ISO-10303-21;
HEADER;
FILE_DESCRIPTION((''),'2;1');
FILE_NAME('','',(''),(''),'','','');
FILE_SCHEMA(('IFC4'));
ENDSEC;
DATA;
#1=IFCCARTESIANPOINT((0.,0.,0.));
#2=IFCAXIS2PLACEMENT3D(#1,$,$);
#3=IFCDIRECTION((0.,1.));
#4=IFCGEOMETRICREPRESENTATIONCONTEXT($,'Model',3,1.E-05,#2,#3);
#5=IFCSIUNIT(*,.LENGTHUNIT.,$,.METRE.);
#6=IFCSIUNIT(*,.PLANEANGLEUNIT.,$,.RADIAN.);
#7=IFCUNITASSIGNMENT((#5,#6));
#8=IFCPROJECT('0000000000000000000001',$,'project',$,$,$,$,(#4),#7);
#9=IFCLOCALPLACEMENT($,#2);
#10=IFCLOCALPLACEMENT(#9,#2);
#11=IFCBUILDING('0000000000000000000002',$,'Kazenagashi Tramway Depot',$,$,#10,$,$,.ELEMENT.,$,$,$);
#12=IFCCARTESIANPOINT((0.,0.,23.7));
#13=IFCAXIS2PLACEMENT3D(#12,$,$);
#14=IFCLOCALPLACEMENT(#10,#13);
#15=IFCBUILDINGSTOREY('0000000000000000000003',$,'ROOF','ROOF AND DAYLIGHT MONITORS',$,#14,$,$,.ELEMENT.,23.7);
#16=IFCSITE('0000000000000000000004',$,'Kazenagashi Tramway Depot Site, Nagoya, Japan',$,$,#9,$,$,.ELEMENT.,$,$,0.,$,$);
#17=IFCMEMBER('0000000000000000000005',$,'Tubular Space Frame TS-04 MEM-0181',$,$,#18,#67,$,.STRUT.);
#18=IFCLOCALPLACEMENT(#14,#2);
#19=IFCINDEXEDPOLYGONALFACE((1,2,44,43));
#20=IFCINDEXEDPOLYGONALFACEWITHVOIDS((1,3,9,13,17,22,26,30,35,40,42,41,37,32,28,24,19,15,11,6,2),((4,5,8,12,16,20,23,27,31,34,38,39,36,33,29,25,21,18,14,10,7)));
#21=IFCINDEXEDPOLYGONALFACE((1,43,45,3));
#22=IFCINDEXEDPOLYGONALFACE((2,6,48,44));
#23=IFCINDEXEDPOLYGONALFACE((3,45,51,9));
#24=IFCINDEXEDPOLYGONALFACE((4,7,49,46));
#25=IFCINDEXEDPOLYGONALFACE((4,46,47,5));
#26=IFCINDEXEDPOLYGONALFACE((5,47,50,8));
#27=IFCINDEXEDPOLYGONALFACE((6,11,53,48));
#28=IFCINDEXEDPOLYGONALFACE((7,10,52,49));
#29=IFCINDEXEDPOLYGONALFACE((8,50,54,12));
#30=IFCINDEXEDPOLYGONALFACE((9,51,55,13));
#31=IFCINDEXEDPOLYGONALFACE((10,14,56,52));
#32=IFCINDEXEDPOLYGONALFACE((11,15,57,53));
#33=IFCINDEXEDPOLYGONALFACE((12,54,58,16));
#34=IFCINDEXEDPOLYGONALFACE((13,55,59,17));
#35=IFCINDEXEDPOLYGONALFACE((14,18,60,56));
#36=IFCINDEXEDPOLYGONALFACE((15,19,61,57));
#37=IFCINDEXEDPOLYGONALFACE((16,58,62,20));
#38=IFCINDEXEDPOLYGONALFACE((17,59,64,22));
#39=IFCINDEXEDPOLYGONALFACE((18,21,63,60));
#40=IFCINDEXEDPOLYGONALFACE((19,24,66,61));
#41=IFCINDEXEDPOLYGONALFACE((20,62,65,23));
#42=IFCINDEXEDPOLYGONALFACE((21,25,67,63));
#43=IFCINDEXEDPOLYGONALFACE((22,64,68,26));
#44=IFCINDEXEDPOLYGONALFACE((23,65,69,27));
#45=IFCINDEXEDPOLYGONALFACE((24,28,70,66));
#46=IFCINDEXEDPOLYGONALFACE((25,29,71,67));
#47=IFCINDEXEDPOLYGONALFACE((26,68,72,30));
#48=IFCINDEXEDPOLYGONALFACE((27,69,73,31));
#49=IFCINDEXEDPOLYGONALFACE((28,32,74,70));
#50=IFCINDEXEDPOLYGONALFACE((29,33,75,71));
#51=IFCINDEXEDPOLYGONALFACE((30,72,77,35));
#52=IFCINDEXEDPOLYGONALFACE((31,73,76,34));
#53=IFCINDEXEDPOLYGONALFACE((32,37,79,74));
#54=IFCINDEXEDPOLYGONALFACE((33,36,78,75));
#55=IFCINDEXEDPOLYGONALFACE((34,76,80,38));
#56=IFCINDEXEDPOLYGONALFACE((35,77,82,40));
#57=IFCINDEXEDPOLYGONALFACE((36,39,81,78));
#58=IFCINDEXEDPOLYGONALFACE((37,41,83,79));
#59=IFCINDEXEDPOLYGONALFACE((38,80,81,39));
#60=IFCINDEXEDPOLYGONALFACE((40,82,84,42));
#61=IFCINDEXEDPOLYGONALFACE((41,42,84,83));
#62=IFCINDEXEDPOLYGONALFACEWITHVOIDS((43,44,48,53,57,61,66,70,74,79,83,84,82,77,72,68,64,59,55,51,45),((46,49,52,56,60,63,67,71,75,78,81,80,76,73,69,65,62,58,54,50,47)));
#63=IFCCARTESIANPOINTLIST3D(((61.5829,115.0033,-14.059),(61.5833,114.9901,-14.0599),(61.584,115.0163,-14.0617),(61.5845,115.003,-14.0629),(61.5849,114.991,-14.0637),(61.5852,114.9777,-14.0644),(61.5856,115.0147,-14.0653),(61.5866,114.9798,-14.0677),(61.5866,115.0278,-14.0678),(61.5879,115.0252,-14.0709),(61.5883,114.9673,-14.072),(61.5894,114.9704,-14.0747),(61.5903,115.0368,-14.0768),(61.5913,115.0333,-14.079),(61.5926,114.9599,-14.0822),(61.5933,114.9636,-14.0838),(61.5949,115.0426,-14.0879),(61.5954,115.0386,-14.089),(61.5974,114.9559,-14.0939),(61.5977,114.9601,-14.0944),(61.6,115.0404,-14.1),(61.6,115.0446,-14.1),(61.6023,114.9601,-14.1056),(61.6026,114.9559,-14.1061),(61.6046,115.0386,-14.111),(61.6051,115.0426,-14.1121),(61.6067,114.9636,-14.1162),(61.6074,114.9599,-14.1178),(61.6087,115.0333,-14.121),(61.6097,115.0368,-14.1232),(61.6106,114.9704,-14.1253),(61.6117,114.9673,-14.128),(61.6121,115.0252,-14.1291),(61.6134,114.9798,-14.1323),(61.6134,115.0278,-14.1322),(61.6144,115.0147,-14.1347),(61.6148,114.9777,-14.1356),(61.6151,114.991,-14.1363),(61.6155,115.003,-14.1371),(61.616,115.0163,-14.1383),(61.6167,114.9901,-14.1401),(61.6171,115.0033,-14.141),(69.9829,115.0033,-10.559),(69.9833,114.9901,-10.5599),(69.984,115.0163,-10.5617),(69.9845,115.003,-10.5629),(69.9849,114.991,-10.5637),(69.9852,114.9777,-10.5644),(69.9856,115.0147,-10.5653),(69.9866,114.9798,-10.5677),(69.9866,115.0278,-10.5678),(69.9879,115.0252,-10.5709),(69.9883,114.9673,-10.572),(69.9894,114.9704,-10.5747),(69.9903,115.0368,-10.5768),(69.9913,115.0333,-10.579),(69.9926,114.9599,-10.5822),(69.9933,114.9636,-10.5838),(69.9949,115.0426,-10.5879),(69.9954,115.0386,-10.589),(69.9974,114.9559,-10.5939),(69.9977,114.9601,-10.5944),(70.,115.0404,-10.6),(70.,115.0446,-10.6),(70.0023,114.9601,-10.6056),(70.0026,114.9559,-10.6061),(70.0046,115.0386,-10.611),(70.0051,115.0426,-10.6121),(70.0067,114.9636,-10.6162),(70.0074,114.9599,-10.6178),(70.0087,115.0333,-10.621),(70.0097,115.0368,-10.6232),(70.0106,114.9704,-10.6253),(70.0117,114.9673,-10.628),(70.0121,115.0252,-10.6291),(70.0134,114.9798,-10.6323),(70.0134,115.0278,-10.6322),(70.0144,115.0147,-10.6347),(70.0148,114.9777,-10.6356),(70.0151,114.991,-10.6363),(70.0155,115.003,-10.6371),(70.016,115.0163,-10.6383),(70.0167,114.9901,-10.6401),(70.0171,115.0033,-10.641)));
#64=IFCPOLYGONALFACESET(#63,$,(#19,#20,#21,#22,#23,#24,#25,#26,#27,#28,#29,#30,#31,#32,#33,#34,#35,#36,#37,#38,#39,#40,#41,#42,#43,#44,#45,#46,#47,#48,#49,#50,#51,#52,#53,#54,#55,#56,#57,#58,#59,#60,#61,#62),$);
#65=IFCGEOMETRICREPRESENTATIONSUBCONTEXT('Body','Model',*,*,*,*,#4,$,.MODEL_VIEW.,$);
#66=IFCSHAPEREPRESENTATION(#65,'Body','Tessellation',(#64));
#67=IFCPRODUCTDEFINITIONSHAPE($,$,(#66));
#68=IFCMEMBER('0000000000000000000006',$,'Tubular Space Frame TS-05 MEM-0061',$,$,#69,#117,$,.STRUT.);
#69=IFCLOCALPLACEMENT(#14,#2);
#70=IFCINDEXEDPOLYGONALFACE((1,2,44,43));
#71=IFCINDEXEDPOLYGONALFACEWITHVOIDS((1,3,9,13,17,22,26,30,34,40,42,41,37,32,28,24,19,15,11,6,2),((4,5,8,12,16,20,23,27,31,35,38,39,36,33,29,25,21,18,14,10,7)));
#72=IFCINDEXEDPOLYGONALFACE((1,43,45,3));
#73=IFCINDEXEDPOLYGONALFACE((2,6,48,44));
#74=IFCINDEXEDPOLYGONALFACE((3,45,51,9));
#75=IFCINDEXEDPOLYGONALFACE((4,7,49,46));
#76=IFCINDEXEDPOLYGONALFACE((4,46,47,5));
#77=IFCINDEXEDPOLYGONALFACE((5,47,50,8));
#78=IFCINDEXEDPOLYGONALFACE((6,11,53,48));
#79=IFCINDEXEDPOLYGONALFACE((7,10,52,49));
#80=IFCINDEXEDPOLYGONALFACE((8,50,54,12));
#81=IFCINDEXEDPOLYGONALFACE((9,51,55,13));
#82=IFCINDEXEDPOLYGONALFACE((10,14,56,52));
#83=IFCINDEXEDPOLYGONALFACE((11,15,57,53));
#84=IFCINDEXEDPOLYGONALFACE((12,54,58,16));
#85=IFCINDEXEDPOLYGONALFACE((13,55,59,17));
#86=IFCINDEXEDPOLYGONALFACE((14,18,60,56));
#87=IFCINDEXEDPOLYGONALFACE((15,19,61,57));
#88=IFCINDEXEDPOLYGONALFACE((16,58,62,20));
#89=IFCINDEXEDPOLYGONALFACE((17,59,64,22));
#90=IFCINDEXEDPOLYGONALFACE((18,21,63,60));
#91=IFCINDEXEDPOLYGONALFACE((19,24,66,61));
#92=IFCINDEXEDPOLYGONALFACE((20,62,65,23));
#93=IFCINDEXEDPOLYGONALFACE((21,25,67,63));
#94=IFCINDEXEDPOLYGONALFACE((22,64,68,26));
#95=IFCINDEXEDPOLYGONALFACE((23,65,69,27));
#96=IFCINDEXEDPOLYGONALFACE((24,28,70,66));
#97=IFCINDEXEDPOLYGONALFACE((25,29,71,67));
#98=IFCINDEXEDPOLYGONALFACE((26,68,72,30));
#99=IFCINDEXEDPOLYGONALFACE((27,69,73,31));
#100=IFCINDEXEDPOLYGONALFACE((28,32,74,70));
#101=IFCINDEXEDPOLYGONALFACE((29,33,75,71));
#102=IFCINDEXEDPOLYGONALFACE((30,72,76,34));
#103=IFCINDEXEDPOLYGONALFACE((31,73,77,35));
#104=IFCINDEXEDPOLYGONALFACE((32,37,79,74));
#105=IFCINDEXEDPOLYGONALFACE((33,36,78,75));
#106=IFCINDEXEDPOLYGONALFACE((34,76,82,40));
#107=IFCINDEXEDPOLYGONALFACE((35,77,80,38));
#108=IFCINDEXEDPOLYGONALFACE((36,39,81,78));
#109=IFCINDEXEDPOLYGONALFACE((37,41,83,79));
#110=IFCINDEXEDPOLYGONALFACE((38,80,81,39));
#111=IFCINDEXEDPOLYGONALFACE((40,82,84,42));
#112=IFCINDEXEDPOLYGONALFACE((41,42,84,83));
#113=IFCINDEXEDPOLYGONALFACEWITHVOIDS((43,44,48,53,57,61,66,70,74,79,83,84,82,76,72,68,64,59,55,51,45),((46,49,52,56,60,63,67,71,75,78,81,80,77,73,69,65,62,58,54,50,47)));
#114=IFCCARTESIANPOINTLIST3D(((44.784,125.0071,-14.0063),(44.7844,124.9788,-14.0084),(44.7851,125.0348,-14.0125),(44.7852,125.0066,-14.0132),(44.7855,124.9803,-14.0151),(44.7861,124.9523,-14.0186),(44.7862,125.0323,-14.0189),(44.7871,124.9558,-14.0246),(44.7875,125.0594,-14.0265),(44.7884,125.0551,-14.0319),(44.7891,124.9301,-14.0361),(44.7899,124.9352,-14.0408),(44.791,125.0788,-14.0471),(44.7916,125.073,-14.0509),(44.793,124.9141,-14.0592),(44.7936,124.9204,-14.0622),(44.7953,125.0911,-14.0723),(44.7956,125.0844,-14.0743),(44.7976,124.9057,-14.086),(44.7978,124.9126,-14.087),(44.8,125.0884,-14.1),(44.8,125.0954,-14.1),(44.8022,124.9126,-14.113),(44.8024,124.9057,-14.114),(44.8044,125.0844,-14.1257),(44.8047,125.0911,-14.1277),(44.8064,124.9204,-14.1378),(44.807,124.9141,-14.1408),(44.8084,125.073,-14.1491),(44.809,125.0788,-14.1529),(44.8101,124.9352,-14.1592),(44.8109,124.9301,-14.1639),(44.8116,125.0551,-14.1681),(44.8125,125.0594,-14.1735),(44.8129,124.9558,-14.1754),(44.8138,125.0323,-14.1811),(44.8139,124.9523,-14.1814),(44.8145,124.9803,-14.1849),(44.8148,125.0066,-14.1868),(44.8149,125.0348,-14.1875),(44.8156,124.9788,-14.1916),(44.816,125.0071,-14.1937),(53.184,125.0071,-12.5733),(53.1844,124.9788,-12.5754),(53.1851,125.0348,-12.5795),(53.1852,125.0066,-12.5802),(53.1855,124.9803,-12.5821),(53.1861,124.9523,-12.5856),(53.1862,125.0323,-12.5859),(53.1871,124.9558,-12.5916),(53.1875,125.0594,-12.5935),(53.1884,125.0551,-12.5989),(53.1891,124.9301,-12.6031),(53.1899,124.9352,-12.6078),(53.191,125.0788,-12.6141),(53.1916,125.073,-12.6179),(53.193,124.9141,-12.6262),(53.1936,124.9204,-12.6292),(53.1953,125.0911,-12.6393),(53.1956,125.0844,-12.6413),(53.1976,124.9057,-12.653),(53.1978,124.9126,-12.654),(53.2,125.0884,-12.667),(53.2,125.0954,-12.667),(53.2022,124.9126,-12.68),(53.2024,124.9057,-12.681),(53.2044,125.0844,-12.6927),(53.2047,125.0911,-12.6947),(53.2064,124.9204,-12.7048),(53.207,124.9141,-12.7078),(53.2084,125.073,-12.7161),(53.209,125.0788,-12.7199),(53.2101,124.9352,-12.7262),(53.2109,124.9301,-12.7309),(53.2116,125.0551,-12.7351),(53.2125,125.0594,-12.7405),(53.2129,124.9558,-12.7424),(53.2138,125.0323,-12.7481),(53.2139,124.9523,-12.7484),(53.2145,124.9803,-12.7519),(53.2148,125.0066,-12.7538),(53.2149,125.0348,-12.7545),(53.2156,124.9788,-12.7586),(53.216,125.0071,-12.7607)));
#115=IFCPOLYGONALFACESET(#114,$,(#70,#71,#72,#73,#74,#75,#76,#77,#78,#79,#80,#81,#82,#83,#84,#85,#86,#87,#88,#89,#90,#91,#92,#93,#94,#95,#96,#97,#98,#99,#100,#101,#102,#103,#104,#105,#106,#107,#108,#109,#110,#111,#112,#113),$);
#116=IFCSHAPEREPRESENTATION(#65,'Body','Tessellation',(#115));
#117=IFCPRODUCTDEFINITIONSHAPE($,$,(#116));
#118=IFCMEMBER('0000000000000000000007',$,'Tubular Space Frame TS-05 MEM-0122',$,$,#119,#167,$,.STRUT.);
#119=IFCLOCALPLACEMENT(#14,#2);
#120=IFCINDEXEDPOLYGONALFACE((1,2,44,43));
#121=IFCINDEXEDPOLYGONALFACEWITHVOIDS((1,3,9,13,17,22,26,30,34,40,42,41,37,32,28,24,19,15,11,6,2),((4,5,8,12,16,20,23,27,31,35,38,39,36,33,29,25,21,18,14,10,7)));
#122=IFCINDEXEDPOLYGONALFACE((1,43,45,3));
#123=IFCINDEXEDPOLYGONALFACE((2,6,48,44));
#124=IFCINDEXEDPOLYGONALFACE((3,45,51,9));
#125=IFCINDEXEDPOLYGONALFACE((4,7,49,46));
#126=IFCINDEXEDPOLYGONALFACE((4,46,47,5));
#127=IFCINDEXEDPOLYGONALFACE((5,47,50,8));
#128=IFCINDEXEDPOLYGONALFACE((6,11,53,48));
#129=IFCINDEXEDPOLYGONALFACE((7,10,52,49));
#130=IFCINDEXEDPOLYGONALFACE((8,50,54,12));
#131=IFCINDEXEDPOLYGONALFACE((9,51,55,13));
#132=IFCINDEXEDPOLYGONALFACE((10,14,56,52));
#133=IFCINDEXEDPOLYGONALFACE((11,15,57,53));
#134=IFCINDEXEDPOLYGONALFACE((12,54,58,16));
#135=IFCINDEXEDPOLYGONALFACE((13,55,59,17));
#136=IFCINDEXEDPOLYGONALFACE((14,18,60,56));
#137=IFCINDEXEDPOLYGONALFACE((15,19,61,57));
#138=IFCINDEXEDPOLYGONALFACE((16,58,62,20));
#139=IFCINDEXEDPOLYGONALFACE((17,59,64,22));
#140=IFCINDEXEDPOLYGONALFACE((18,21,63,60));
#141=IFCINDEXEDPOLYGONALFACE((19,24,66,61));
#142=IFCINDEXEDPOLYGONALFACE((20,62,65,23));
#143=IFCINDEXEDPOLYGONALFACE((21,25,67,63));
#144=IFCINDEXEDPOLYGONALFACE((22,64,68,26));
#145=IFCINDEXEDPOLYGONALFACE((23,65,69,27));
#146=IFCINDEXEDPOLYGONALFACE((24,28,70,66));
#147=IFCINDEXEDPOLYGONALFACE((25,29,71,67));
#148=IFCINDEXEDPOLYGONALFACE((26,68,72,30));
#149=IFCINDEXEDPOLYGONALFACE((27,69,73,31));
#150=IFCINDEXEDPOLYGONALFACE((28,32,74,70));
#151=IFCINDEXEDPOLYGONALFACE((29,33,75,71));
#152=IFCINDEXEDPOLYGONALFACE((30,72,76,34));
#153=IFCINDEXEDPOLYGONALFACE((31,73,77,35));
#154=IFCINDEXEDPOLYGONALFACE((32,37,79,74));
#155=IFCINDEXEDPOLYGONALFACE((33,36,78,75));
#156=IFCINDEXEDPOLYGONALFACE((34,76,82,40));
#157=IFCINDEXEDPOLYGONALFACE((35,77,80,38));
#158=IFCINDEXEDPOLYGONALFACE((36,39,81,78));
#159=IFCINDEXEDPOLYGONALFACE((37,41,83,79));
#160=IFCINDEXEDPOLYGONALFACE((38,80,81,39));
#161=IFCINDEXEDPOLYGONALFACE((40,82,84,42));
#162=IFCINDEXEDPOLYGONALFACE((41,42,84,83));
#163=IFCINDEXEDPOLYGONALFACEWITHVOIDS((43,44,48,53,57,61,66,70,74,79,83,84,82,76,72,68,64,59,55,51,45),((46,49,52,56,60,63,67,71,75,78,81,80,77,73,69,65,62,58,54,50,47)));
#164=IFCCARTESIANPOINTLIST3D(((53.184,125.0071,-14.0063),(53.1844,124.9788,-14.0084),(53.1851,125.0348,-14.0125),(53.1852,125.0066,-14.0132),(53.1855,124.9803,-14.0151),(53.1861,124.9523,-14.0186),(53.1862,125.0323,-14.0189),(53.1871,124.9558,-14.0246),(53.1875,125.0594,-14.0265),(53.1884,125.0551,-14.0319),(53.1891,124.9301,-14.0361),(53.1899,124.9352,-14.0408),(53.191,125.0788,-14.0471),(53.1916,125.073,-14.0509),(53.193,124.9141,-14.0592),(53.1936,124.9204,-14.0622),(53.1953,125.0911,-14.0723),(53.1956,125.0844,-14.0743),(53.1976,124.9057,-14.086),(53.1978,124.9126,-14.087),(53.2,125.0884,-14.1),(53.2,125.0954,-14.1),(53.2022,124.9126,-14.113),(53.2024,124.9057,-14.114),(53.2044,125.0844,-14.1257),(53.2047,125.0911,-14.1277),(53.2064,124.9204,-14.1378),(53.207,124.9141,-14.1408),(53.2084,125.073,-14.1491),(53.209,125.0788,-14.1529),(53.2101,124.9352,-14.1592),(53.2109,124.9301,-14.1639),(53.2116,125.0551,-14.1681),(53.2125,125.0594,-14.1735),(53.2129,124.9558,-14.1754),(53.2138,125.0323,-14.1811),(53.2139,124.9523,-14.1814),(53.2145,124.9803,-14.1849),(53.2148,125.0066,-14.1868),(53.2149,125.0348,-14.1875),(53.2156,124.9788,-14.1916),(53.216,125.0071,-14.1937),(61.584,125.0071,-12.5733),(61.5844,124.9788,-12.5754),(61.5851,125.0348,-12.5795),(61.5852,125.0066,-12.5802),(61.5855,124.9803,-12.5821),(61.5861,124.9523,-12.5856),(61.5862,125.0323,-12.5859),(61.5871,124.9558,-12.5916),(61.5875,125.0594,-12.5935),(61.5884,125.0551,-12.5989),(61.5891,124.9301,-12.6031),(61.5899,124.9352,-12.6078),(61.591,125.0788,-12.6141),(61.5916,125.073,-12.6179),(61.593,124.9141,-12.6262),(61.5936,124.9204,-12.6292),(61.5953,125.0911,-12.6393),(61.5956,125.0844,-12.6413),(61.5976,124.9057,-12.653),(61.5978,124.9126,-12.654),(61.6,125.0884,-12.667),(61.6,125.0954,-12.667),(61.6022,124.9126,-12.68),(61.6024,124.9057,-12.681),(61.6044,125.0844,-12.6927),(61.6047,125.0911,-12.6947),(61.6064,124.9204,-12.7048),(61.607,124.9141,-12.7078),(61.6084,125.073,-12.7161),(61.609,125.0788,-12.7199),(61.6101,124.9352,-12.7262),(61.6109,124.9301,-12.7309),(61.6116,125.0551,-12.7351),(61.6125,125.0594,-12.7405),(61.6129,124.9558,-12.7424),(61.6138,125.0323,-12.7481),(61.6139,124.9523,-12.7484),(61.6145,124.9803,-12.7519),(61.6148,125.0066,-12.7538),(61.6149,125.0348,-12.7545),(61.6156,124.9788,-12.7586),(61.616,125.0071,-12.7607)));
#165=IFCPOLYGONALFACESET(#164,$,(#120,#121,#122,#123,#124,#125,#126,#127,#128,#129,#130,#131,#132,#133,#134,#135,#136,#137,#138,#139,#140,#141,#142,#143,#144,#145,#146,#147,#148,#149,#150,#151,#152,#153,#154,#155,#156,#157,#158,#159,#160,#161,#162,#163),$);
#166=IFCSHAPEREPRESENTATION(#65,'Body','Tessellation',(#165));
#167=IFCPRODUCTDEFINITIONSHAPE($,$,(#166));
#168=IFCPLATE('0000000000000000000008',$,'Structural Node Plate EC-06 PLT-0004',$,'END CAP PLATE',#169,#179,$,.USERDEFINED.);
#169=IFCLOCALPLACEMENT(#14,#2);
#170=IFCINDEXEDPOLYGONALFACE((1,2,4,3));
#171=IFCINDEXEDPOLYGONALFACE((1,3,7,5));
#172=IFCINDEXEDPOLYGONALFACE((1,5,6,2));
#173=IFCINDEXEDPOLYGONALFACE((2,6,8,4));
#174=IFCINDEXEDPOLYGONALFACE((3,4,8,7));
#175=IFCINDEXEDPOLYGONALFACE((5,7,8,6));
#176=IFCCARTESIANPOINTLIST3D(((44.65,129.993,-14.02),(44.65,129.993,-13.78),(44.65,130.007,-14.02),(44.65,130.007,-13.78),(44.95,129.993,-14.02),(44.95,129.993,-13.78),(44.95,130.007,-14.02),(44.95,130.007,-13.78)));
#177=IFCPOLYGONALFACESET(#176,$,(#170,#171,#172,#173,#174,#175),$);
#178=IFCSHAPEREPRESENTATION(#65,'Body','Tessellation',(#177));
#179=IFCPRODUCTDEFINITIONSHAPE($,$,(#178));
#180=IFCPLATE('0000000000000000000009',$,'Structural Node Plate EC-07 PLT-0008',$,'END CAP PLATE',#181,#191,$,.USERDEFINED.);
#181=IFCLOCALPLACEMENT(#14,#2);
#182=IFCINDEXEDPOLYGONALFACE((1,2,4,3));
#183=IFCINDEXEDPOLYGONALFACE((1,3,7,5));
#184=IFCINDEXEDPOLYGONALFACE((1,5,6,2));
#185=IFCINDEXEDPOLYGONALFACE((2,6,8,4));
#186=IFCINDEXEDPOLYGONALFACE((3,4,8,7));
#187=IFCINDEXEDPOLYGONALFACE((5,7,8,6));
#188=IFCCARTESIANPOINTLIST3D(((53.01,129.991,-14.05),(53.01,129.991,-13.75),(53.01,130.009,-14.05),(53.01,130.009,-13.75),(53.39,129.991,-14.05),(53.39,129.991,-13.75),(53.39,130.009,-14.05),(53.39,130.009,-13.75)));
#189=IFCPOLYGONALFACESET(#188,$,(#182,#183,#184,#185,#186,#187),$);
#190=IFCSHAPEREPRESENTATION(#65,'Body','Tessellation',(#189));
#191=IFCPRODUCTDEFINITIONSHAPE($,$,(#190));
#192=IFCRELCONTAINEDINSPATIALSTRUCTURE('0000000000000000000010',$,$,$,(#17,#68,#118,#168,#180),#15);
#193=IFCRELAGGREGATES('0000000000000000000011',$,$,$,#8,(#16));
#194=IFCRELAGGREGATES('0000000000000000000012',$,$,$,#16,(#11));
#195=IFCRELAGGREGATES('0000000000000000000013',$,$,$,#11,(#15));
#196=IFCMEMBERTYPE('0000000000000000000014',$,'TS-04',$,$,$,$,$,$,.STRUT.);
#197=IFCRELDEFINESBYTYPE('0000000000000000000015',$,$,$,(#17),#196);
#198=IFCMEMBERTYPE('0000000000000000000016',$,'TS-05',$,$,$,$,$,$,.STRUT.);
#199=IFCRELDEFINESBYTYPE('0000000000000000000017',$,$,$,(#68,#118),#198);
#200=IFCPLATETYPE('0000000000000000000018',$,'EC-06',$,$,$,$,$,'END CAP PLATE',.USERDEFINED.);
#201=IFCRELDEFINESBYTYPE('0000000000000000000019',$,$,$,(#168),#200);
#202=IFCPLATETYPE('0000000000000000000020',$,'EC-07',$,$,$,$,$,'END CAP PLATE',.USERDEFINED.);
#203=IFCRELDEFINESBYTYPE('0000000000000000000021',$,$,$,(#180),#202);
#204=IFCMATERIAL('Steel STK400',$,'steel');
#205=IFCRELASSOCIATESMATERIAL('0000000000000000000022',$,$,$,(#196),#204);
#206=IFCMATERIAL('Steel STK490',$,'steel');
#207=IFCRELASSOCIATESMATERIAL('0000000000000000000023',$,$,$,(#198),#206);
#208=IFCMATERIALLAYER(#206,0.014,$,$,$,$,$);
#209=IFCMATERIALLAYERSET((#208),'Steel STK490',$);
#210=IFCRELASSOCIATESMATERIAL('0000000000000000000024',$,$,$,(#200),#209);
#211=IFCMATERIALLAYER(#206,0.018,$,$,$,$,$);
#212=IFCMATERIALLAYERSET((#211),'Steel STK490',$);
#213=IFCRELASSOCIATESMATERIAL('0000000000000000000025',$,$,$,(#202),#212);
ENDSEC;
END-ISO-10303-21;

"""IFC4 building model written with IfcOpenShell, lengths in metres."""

from ifc_helpers import new_model, si_unit, direction, frame, origin, origin_2d, place, context, subcontext, project, spatial, rectangle, hollow_circle, extrude, material, layer, layer_set, material_profile, profile_set, type_object, element, save


model = new_model("IFC4")

# Units and contexts
model_context = context("Model", 3, precision=1e-05, world=origin(), true_north=direction((0.0, 1.0)))
body_context = subcontext(model_context, "Body", "Model", "MODEL_VIEW")
ifc_project = project(units=[si_unit("LENGTHUNIT", "METRE"), si_unit("PLANEANGLEUNIT", "RADIAN")], contexts=[model_context])

# Site, building, storey
site_placement = place(None, origin())
site = spatial("IfcSite", under=ifc_project, at=site_placement, Name="Kazenagashi Tramway Depot Site, Nagoya, Japan", CompositionType="ELEMENT", RefElevation=0.0)
building_placement = place(site_placement, origin())
building = spatial("IfcBuilding", under=site, at=building_placement, Name="Kazenagashi Tramway Depot", CompositionType="ELEMENT")
storey_placement = place(building_placement, frame((0.0, 0.0, 23.7)))
storey = spatial("IfcBuildingStorey", under=building, at=storey_placement, Name="ROOF", Description="ROOF AND DAYLIGHT MONITORS", CompositionType="ELEMENT", Elevation=23.7)

# Members
ifc_material_1 = material(Name="Steel STK490", Category="steel")
ifc_material_2 = material(Name="Steel STK400", Category="steel")
ifc_material_profile_1 = material_profile(ifc_material_2, hollow_circle(Radius=0.0445, WallThickness=0.0042, at=origin_2d()), Name="CHS-89.1x4.2")
ifc_profile_set_1 = profile_set([ifc_material_profile_1], Name="Steel STK400")
member_type_1 = type_object("IfcMemberType", Name="TS-04", PredefinedType="STRUT", material=ifc_profile_set_1)
member_1_placement = place(storey_placement, frame((61.6, 115.0, -14.1), z_axis=(0.923077, 0.0, 0.384615), x_axis=(0.0, 1.0, 0.0)))
element("IfcMember", 1, at=member_1_placement, inside=storey, type_object=member_type_1, Name="Tubular Space Frame TS-04 MEM-0181", PredefinedType="STRUT", context=body_context, shape_type="SweptSolid", body=[
    extrude(hollow_circle(Radius=0.0445, WallThickness=0.0042, at=origin_2d()), origin(), (0.0, 0.0, 1.0), 9.1),
])
ifc_material_profile_2 = material_profile(ifc_material_1, hollow_circle(Radius=0.0954, WallThickness=0.007, at=origin_2d()), Name="CHS-190.7x7.0")
ifc_profile_set_2 = profile_set([ifc_material_profile_2], Name="Steel STK490")
member_type_2 = type_object("IfcMemberType", Name="TS-05", PredefinedType="STRUT", material=ifc_profile_set_2)
for number, where, z_axis, x_axis, name in (
    (2, (44.8, 125.0, -14.1), (0.985759, 0.0, 0.168166), (0.0, 1.0, 0.0), "Tubular Space Frame TS-05 MEM-0061"),
    (3, (53.2, 125.0, -14.1), (0.985759, 0.0, 0.168166), (0.0, 1.0, 0.0), "Tubular Space Frame TS-05 MEM-0122"),
):
    element("IfcMember", number, at=place(storey_placement, frame(where, z_axis=z_axis, x_axis=x_axis)), inside=storey, type_object=member_type_2, Name=name, PredefinedType="STRUT", context=body_context, shape_type="SweptSolid", body=[
        extrude(hollow_circle(Radius=0.0954, WallThickness=0.007, at=origin_2d()), origin(), (0.0, 0.0, 1.0), 8.5214),
    ])

# Plates
ifc_layer_1 = layer(ifc_material_1, 0.014)
ifc_layer_set_1 = layer_set([ifc_layer_1], Name="Steel STK490")
plate_type_1 = type_object("IfcPlateType", Name="EC-06", ElementType="END CAP PLATE", PredefinedType="USERDEFINED", material=ifc_layer_set_1)
plate_1_placement = place(storey_placement, frame((44.8, 130.0, -14.02), z_axis=(0.0, 0.0, 1.0), x_axis=(1.0, 0.0, 0.0)))
element("IfcPlate", 4, at=plate_1_placement, inside=storey, type_object=plate_type_1, Name="Structural Node Plate EC-06 PLT-0004", ObjectType="END CAP PLATE", PredefinedType="USERDEFINED", context=body_context, shape_type="SweptSolid", body=[
    extrude(rectangle(XDim=0.3, YDim=0.014, at=origin_2d()), origin(), (0.0, 0.0, 1.0), 0.24),
])
ifc_layer_2 = layer(ifc_material_1, 0.018)
ifc_layer_set_2 = layer_set([ifc_layer_2], Name="Steel STK490")
plate_type_2 = type_object("IfcPlateType", Name="EC-07", ElementType="END CAP PLATE", PredefinedType="USERDEFINED", material=ifc_layer_set_2)
plate_2_placement = place(storey_placement, frame((53.2, 130.0, -14.05), z_axis=(0.0, 0.0, 1.0), x_axis=(1.0, 0.0, 0.0)))
element("IfcPlate", 5, at=plate_2_placement, inside=storey, type_object=plate_type_2, Name="Structural Node Plate EC-07 PLT-0008", ObjectType="END CAP PLATE", PredefinedType="USERDEFINED", context=body_context, shape_type="SweptSolid", body=[
    extrude(rectangle(XDim=0.38, YDim=0.018, at=origin_2d()), origin(), (0.0, 0.0, 1.0), 0.3),
])

save(model, "model.ifc")
